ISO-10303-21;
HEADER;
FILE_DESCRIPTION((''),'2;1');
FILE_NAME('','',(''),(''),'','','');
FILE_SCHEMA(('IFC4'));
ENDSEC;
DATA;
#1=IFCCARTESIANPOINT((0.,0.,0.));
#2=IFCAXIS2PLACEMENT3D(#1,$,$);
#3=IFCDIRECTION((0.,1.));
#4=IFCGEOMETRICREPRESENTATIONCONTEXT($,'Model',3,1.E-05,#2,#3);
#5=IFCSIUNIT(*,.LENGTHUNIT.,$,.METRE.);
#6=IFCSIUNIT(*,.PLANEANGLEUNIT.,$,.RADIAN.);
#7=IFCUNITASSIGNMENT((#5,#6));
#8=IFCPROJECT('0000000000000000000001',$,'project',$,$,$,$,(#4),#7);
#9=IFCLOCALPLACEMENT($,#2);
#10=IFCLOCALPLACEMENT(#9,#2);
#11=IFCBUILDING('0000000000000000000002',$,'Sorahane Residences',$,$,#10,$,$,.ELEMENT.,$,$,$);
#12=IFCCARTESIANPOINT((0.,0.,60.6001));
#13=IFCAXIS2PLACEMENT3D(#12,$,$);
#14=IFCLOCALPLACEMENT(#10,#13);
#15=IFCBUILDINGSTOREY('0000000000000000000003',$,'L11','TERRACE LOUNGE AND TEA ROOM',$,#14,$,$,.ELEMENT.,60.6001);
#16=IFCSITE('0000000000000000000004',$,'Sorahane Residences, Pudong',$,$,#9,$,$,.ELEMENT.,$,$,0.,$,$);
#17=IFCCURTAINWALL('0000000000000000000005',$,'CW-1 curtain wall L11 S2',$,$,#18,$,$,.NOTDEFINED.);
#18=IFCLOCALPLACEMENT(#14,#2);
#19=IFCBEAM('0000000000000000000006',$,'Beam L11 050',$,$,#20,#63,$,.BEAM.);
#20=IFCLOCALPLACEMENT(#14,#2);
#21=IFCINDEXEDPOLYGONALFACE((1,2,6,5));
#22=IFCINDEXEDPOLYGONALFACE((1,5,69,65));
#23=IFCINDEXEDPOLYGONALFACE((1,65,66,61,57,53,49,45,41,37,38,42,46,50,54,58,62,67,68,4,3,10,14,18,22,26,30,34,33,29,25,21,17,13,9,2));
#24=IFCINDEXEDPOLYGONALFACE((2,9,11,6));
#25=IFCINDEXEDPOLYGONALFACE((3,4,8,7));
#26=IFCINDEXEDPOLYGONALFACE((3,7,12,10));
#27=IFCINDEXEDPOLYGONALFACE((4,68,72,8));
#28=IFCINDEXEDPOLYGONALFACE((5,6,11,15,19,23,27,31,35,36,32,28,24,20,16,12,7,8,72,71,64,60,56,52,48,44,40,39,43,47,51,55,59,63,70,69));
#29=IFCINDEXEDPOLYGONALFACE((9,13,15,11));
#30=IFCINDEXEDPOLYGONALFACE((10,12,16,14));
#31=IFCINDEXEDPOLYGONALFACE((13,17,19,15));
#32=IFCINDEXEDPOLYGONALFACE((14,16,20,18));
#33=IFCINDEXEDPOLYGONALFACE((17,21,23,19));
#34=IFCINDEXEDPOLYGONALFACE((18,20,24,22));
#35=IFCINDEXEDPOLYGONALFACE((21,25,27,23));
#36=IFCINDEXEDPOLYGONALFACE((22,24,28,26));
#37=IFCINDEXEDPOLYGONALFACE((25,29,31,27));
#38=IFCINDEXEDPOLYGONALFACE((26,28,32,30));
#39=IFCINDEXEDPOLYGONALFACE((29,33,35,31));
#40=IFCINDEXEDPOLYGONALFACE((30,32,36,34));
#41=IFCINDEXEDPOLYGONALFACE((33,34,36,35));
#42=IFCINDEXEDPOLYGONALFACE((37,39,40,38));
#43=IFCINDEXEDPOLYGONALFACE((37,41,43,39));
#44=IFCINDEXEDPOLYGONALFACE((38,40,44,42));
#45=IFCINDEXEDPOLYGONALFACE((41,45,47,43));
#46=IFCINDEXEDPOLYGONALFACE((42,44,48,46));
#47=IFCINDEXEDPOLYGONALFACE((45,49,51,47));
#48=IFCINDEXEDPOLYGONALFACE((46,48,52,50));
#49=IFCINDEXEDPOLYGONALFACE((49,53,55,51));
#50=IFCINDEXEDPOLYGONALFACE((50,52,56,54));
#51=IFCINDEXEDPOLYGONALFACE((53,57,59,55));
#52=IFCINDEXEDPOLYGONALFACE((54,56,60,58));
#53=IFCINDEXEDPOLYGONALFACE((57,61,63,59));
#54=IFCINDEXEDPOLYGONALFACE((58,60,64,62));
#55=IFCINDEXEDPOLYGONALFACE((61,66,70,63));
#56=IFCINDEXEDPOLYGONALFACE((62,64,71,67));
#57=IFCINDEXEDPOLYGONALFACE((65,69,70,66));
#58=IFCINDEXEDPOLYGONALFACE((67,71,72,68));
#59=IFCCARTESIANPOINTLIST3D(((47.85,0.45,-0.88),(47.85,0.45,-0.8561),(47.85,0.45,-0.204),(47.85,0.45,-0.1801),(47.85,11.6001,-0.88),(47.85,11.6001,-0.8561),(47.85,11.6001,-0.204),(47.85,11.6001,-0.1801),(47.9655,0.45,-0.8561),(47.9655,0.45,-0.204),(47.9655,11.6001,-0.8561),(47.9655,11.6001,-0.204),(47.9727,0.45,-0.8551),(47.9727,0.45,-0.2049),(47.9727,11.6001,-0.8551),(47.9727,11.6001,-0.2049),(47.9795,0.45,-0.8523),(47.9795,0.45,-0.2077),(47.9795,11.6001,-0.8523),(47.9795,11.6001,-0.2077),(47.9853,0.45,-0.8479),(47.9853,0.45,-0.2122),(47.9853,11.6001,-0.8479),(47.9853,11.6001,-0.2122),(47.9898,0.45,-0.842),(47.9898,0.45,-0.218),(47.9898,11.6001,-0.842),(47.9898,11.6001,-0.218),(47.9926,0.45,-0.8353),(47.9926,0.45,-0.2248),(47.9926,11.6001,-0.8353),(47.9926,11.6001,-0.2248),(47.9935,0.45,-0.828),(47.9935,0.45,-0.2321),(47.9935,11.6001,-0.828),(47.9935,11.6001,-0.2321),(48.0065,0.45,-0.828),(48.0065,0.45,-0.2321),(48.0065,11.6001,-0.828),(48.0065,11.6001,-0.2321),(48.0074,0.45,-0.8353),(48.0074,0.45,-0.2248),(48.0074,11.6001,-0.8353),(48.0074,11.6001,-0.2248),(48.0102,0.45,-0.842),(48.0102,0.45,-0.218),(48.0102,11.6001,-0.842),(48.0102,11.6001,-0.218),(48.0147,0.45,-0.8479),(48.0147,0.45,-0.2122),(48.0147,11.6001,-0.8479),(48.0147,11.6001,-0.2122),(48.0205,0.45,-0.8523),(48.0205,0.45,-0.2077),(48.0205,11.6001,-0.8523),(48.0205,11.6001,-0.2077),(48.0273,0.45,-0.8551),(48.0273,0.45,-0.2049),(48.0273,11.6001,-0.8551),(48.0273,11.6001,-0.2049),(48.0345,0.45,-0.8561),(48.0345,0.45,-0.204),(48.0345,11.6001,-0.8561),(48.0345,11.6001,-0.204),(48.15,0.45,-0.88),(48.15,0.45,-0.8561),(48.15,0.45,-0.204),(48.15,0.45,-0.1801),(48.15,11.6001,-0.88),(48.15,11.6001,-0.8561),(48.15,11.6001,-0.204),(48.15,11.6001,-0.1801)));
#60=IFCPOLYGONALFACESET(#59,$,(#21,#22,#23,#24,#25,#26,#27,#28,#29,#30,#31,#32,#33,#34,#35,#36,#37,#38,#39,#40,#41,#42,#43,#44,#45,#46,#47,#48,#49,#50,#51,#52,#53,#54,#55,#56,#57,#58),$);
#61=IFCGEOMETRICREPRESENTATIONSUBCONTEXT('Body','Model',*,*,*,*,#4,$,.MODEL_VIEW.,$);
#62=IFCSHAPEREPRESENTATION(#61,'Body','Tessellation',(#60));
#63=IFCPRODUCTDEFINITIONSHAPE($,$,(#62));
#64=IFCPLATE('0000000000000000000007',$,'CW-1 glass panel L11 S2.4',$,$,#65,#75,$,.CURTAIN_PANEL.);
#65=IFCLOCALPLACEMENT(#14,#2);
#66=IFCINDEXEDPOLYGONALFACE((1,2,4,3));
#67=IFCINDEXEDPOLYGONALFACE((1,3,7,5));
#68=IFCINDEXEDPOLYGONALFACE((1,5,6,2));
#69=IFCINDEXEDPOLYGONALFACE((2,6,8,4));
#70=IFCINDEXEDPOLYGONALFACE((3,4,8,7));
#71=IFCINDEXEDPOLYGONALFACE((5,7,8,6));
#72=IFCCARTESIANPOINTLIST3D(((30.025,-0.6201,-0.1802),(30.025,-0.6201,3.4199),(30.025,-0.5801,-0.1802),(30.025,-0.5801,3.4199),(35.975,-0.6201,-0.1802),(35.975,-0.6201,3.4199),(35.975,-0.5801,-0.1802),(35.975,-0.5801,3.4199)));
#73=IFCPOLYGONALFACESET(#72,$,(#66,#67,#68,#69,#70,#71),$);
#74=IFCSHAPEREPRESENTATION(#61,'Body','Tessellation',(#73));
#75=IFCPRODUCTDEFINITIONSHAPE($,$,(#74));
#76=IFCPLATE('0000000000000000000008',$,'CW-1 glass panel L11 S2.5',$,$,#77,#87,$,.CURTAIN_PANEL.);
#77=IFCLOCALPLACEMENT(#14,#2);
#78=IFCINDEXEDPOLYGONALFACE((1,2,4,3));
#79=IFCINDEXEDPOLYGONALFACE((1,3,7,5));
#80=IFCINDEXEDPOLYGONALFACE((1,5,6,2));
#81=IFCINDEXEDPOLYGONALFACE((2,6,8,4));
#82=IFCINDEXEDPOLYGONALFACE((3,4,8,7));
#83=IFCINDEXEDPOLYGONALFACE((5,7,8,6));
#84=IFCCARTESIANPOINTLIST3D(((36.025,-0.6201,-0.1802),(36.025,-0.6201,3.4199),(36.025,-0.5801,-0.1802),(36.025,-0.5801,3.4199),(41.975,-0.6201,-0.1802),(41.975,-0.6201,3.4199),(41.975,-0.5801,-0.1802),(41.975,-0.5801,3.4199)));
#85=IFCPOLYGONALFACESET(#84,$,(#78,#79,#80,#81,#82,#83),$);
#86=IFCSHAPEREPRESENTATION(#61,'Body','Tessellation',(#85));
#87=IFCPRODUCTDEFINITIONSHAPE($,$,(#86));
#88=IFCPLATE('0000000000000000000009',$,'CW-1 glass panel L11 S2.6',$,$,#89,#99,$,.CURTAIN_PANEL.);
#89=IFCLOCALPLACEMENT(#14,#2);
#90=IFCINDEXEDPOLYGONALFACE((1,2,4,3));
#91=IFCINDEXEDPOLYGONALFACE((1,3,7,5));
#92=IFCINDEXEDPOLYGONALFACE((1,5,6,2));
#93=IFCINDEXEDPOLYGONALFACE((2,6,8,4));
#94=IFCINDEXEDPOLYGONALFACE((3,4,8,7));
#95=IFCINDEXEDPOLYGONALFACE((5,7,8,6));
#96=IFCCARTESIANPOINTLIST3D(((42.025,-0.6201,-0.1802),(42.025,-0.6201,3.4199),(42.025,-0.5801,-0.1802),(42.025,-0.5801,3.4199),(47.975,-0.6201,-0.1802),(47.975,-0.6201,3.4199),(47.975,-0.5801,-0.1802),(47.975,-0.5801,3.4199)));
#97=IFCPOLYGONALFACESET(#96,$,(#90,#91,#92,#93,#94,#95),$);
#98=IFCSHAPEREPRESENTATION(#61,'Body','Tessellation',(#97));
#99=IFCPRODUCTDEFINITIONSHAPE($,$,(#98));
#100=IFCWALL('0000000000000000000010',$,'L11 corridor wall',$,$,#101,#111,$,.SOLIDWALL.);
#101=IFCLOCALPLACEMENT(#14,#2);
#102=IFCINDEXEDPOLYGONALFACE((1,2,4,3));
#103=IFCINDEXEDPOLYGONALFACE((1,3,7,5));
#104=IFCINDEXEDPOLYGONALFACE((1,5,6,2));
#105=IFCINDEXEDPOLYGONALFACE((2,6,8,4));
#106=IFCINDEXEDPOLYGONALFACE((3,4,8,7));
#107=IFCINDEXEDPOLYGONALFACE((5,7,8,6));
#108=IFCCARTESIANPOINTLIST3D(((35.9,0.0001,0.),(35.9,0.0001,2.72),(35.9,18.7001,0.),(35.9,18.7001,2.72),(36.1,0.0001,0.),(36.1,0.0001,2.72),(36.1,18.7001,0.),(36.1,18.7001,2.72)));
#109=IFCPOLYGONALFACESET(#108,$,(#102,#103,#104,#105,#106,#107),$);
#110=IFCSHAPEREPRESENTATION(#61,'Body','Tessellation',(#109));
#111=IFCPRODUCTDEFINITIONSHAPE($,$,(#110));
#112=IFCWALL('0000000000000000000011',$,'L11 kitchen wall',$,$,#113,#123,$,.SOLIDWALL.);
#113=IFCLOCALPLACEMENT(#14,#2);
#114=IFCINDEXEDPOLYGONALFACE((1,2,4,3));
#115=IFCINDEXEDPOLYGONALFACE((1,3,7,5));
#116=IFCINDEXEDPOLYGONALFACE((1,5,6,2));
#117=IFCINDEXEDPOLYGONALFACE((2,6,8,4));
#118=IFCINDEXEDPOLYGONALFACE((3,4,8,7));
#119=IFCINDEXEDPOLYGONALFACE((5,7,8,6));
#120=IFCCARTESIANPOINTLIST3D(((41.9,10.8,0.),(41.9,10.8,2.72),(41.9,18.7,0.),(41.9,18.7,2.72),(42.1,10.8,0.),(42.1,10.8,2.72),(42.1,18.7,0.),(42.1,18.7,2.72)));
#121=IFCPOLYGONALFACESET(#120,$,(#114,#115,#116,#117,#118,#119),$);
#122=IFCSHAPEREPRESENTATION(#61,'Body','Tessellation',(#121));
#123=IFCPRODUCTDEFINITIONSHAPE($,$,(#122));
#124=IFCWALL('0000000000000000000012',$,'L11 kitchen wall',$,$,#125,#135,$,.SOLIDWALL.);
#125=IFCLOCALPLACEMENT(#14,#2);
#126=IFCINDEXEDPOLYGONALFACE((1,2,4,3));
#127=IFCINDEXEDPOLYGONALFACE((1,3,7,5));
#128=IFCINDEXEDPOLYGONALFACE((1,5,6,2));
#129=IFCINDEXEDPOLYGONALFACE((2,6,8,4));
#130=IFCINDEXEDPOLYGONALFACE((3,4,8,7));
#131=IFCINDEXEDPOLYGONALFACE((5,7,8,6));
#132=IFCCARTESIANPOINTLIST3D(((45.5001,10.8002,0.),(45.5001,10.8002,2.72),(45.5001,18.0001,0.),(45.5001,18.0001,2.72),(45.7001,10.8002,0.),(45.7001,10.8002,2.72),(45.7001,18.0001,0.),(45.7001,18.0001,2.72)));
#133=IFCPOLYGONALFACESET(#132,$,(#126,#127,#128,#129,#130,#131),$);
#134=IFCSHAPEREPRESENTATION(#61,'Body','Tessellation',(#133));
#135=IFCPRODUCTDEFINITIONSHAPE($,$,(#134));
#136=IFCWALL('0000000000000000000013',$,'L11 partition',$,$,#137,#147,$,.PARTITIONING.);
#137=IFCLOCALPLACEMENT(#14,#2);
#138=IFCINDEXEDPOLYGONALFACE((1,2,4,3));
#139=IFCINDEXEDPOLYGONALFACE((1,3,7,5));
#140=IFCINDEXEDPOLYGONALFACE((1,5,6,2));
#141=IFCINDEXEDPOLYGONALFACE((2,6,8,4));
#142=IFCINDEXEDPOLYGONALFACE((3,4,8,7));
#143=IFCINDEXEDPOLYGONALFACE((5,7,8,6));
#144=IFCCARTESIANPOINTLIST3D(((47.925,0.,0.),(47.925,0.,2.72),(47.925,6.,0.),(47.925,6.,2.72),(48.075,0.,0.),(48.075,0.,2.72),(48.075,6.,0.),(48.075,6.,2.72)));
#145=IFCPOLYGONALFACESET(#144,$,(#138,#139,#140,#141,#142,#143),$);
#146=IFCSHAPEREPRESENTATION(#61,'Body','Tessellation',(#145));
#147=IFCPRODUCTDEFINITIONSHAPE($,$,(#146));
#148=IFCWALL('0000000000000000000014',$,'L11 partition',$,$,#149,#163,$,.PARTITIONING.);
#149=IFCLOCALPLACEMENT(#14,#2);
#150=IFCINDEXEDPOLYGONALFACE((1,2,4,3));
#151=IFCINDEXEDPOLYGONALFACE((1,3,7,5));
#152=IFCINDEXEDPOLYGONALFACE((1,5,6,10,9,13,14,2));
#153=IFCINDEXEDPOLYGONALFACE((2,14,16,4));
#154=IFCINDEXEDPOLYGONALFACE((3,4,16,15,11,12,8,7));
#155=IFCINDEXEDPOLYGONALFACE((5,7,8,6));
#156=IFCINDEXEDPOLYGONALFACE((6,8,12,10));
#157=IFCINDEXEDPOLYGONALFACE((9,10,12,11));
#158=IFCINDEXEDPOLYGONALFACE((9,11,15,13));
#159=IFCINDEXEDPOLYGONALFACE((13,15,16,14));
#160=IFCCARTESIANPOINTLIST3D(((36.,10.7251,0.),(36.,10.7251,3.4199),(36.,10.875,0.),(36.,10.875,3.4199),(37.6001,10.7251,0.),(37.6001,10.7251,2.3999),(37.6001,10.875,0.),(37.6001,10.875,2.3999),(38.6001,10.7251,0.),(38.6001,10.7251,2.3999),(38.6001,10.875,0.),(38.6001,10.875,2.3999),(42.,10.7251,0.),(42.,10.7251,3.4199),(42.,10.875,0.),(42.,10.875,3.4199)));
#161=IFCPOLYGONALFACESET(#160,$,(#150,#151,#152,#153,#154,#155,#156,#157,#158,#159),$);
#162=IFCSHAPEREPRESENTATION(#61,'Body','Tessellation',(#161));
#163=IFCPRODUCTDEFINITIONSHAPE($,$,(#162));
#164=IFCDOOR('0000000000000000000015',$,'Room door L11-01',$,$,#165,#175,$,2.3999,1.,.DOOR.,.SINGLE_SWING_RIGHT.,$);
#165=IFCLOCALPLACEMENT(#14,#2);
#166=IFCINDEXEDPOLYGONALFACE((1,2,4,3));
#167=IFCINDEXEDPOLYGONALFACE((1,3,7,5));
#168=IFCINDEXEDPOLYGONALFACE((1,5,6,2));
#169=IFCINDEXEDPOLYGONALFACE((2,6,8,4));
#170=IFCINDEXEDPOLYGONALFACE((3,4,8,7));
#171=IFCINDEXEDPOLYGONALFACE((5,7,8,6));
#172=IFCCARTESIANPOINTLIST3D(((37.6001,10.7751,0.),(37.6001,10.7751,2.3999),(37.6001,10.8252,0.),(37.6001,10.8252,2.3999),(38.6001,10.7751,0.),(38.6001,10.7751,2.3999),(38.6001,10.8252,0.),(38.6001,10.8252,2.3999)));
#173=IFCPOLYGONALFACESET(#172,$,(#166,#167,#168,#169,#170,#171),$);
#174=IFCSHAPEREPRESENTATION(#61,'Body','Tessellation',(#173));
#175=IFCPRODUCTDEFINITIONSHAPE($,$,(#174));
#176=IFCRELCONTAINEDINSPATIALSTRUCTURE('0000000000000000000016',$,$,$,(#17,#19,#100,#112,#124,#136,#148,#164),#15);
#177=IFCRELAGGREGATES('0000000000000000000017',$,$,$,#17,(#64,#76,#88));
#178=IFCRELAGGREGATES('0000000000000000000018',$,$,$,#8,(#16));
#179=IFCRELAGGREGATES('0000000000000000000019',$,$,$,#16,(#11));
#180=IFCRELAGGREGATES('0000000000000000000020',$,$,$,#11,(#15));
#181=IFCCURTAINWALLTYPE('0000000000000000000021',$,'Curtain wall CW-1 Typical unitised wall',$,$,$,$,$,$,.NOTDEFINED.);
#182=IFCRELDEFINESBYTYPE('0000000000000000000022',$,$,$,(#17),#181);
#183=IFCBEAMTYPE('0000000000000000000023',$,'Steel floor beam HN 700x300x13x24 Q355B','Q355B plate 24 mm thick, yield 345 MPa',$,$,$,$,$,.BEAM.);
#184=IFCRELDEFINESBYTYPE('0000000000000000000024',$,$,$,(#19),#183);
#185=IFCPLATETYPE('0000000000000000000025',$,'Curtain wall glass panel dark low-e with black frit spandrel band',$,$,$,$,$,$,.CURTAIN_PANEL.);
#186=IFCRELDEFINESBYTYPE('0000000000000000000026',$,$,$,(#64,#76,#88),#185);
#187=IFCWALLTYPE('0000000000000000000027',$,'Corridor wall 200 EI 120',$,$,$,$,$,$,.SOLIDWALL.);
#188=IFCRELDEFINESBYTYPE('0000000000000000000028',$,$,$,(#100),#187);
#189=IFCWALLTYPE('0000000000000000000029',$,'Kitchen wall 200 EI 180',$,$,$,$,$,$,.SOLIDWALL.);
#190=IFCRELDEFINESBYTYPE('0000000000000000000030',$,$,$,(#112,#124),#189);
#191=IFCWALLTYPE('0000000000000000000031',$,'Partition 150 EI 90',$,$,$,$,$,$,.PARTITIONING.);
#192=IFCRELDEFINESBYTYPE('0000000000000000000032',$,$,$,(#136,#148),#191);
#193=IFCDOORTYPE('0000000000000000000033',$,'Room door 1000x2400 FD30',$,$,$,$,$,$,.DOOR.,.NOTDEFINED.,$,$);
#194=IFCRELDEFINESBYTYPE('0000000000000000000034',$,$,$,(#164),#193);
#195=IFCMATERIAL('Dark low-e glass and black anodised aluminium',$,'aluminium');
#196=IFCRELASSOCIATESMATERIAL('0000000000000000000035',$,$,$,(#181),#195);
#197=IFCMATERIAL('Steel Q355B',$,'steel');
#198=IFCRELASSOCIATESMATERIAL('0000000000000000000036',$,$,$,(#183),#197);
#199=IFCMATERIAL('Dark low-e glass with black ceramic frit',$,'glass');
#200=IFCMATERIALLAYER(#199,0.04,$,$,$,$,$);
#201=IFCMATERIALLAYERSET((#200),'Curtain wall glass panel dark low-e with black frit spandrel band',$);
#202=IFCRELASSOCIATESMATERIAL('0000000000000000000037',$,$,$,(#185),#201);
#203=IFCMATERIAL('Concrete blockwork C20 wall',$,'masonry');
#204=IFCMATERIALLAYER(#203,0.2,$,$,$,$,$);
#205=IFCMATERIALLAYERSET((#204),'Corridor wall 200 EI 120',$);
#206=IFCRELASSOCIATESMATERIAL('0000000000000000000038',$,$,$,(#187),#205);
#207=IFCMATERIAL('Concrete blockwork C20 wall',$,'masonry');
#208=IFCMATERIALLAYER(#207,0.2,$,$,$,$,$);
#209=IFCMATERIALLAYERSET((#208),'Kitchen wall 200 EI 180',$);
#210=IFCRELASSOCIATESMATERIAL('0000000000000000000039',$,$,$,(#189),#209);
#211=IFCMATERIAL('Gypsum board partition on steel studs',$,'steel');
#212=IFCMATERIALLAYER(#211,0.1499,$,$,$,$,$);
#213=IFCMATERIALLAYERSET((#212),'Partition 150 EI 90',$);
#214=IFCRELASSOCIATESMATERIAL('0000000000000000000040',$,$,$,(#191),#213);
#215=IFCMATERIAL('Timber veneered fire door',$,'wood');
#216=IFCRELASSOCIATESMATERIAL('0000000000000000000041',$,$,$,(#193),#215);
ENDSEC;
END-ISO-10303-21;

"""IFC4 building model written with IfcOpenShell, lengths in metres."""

from ifc_helpers import new_model, si_unit, direction, frame, frame_2d, origin, origin_2d, place, context, subcontext, project, spatial, rectangle, i_section, extrude, material, layer, layer_set, material_profile, profile_set, type_object, element, fill, aggregate, save


model = new_model("IFC4")

# Units and contexts
model_context = context("Model", 3, precision=1e-05, world=origin(), true_north=direction((0.0, 1.0)))
body_context = subcontext(model_context, "Body", "Model", "MODEL_VIEW")
ifc_project = project(units=[si_unit("LENGTHUNIT", "METRE"), si_unit("PLANEANGLEUNIT", "RADIAN")], contexts=[model_context])

# Site, building, storey
site_placement = place(None, origin())
site = spatial("IfcSite", under=ifc_project, at=site_placement, Name="Sorahane Residences, Pudong", CompositionType="ELEMENT", RefElevation=0.0)
building_placement = place(site_placement, origin())
building = spatial("IfcBuilding", under=site, at=building_placement, Name="Sorahane Residences", CompositionType="ELEMENT")
storey_placement = place(building_placement, frame((0.0, 0.0, 60.6001)))
storey = spatial("IfcBuildingStorey", under=building, at=storey_placement, Name="L11", Description="TERRACE LOUNGE AND TEA ROOM", CompositionType="ELEMENT", Elevation=60.6001)

# Curtain wall
ifc_material_1 = material(Name="Dark low-e glass and black anodised aluminium", Category="aluminium")
curtain_wall_type = type_object("IfcCurtainWallType", Name="Curtain wall CW-1 Typical unitised wall", PredefinedType="NOTDEFINED", material=ifc_material_1)
curtain_wall_placement = place(storey_placement, origin())
curtain_wall = element("IfcCurtainWall", 1, at=curtain_wall_placement, inside=storey, type_object=curtain_wall_type, Name="CW-1 curtain wall L11 S2", PredefinedType="NOTDEFINED")

# Beam
ifc_material_2 = material(Name="Steel Q355B", Category="steel")
ifc_material_profile_1 = material_profile(ifc_material_2, i_section(OverallWidth=0.3, OverallDepth=0.7, WebThickness=0.0129, FlangeThickness=0.0239, FilletRadius=0.0281, at=origin_2d()), Name="HN 700x300x13x24")
ifc_profile_set_1 = profile_set([ifc_material_profile_1], Name="Steel Q355B")
beam_type_1 = type_object("IfcBeamType", Name="Steel floor beam HN 700x300x13x24 Q355B", Description="Q355B plate 24 mm thick, yield 345 MPa", PredefinedType="BEAM", material=ifc_profile_set_1)
beam_1_placement = place(storey_placement, frame((48.0, 0.45, -0.53), z_axis=(0.0, 1.0, 0.0), x_axis=(-1.0, 0.0, 0.0)))
element("IfcBeam", 2, at=beam_1_placement, inside=storey, type_object=beam_type_1, Name="Beam L11 050", PredefinedType="BEAM", context=body_context, shape_type="SweptSolid", body=[
    extrude(i_section(OverallWidth=0.3, OverallDepth=0.7, WebThickness=0.0129, FlangeThickness=0.0239, FilletRadius=0.0281, at=origin_2d()), origin(), (0.0, 0.0, 1.0), 11.1501),
])

# Plates
ifc_material_3 = material(Name="Dark low-e glass with black ceramic frit", Category="glass")
ifc_layer_1 = layer(ifc_material_3, 0.04)
ifc_layer_set_1 = layer_set([ifc_layer_1], Name="Curtain wall glass panel dark low-e with black frit spandrel band")
plate_type = type_object("IfcPlateType", Name="Curtain wall glass panel dark low-e with black frit spandrel band", PredefinedType="CURTAIN_PANEL", material=ifc_layer_set_1)
plate_1_placement = place(storey_placement, frame((33.0, -0.6001, -0.1802), z_axis=(0.0, 0.0, 1.0), x_axis=(1.0, 0.0, 0.0)))
plate_1 = element("IfcPlate", 3, at=plate_1_placement, type_object=plate_type, Name="CW-1 glass panel L11 S2.4", PredefinedType="CURTAIN_PANEL", context=body_context, shape_type="SweptSolid", body=[
    extrude(rectangle(XDim=5.95, YDim=0.04, at=origin_2d()), origin(), (0.0, 0.0, 1.0), 3.6001),
])
plate_2_placement = place(storey_placement, frame((39.0, -0.6001, -0.1802), z_axis=(0.0, 0.0, 1.0), x_axis=(1.0, 0.0, 0.0)))
plate_2 = element("IfcPlate", 4, at=plate_2_placement, type_object=plate_type, Name="CW-1 glass panel L11 S2.5", PredefinedType="CURTAIN_PANEL", context=body_context, shape_type="SweptSolid", body=[
    extrude(rectangle(XDim=5.95, YDim=0.04, at=origin_2d()), origin(), (0.0, 0.0, 1.0), 3.6001),
])
plate_3_placement = place(storey_placement, frame((45.0, -0.6001, -0.1802), z_axis=(0.0, 0.0, 1.0), x_axis=(1.0, 0.0, 0.0)))
plate_3 = element("IfcPlate", 5, at=plate_3_placement, type_object=plate_type, Name="CW-1 glass panel L11 S2.6", PredefinedType="CURTAIN_PANEL", context=body_context, shape_type="SweptSolid", body=[
    extrude(rectangle(XDim=5.95, YDim=0.04, at=origin_2d()), origin(), (0.0, 0.0, 1.0), 3.6001),
])
aggregate(curtain_wall, [plate_1, plate_2, plate_3])

# Walls
ifc_material_4 = material(Name="Concrete blockwork C20 wall", Category="masonry")
ifc_layer_2 = layer(ifc_material_4, 0.2)
ifc_layer_set_2 = layer_set([ifc_layer_2], Name="Corridor wall 200 EI 120")
wall_type_1 = type_object("IfcWallType", Name="Corridor wall 200 EI 120", PredefinedType="SOLIDWALL", material=ifc_layer_set_2)
wall_1_placement = place(storey_placement, frame((36.0, 0.0, 0.0), z_axis=(0.0, 0.0, 1.0), x_axis=(0.0, 1.0, 0.0)))
element("IfcWall", 6, at=wall_1_placement, inside=storey, type_object=wall_type_1, Name="L11 corridor wall", PredefinedType="SOLIDWALL", context=body_context, shape_type="SweptSolid", body=[
    extrude(rectangle(XDim=18.7, YDim=0.2, at=frame_2d((9.3501, 0.0))), origin(), (0.0, 0.0, 1.0), 2.72),
])
ifc_material_5 = material(Name="Concrete blockwork C20 wall", Category="masonry")
ifc_layer_3 = layer(ifc_material_5, 0.2)
ifc_layer_set_3 = layer_set([ifc_layer_3], Name="Kitchen wall 200 EI 180")
wall_type_2 = type_object("IfcWallType", Name="Kitchen wall 200 EI 180", PredefinedType="SOLIDWALL", material=ifc_layer_set_3)
wall_2_placement = place(storey_placement, frame((42.0, 10.8, 0.0), z_axis=(0.0, 0.0, 1.0), x_axis=(0.0, 1.0, 0.0)))
element("IfcWall", 7, at=wall_2_placement, inside=storey, type_object=wall_type_2, Name="L11 kitchen wall", PredefinedType="SOLIDWALL", context=body_context, shape_type="SweptSolid", body=[
    extrude(rectangle(XDim=7.8999, YDim=0.2, at=frame_2d((3.95, 0.0))), origin(), (0.0, 0.0, 1.0), 2.72),
])
wall_3_placement = place(storey_placement, frame((45.6001, 10.8, 0.0), z_axis=(0.0, 0.0, 1.0), x_axis=(0.0, 1.0, 0.0)))
element("IfcWall", 8, at=wall_3_placement, inside=storey, type_object=wall_type_2, Name="L11 kitchen wall", PredefinedType="SOLIDWALL", context=body_context, shape_type="SweptSolid", body=[
    extrude(rectangle(XDim=7.2, YDim=0.2, at=frame_2d((3.6001, 0.0))), origin(), (0.0, 0.0, 1.0), 2.72),
])

# Wall
ifc_material_6 = material(Name="Gypsum board partition on steel studs", Category="steel")
ifc_layer_4 = layer(ifc_material_6, 0.1499)
ifc_layer_set_4 = layer_set([ifc_layer_4], Name="Partition 150 EI 90")
wall_type_3 = type_object("IfcWallType", Name="Partition 150 EI 90", PredefinedType="PARTITIONING", material=ifc_layer_set_4)
wall_4_placement = place(storey_placement, frame((48.0, 0.0, 0.0), z_axis=(0.0, 0.0, 1.0), x_axis=(0.0, 1.0, 0.0)))
element("IfcWall", 9, at=wall_4_placement, inside=storey, type_object=wall_type_3, Name="L11 partition", PredefinedType="PARTITIONING", context=body_context, shape_type="SweptSolid", body=[
    extrude(rectangle(XDim=6.0, YDim=0.1499, at=frame_2d((3.0, 0.0))), origin(), (0.0, 0.0, 1.0), 2.72),
])

# Wall, opening, door
wall_5_placement = place(storey_placement, frame((36.0, 10.8, 0.0), z_axis=(0.0, 0.0, 1.0), x_axis=(1.0, 0.0, 0.0)))
wall_5 = element("IfcWall", 10, at=wall_5_placement, inside=storey, type_object=wall_type_3, Name="L11 partition", PredefinedType="PARTITIONING", context=body_context, shape_type="SweptSolid", body=[
    extrude(rectangle(XDim=6.0, YDim=0.1499, at=frame_2d((3.0, 0.0))), origin(), (0.0, 0.0, 1.0), 3.4199),
])
opening_1_placement = place(wall_5_placement, frame((1.6001, 0.0, 0.0)))
opening_1 = element("IfcOpeningElement", 11, at=opening_1_placement, cuts=wall_5, PredefinedType="OPENING", context=body_context, shape_type="SweptSolid", body=[
    extrude(rectangle(XDim=1.0, YDim=2.3999, at=frame_2d((0.5, 1.2))), frame((0.0, 0.085, 0.0), z_axis=(0.0, -1.0, 0.0), x_axis=(1.0, 0.0, 0.0)), (0.0, 0.0, 1.0), 0.1699),
])
ifc_material_7 = material(Name="Timber veneered fire door", Category="wood")
door_type_1 = type_object("IfcDoorType", Name="Room door 1000x2400 FD30", OperationType="NOTDEFINED", PredefinedType="DOOR", material=ifc_material_7)
door_1_placement = place(opening_1_placement, frame((1.0, 0.0, 0.0), z_axis=(0.0, 0.0, 1.0), x_axis=(-1.0, 0.0, 0.0)))
door_1 = element("IfcDoor", 12, at=door_1_placement, inside=storey, type_object=door_type_1, Name="Room door L11-01", OperationType="SINGLE_SWING_RIGHT", OverallHeight=2.3999, OverallWidth=1.0, PredefinedType="DOOR", context=body_context, shape_type="SweptSolid", body=[
    extrude(rectangle(XDim=1.0, YDim=2.3999, at=frame_2d((0.5, 1.2))), frame((0.0, 0.0249, 0.0), z_axis=(0.0, -1.0, 0.0), x_axis=(1.0, 0.0, 0.0)), (0.0, 0.0, 1.0), 0.05),
])
fill(opening_1, door_1)

save(model, "model.ifc")
